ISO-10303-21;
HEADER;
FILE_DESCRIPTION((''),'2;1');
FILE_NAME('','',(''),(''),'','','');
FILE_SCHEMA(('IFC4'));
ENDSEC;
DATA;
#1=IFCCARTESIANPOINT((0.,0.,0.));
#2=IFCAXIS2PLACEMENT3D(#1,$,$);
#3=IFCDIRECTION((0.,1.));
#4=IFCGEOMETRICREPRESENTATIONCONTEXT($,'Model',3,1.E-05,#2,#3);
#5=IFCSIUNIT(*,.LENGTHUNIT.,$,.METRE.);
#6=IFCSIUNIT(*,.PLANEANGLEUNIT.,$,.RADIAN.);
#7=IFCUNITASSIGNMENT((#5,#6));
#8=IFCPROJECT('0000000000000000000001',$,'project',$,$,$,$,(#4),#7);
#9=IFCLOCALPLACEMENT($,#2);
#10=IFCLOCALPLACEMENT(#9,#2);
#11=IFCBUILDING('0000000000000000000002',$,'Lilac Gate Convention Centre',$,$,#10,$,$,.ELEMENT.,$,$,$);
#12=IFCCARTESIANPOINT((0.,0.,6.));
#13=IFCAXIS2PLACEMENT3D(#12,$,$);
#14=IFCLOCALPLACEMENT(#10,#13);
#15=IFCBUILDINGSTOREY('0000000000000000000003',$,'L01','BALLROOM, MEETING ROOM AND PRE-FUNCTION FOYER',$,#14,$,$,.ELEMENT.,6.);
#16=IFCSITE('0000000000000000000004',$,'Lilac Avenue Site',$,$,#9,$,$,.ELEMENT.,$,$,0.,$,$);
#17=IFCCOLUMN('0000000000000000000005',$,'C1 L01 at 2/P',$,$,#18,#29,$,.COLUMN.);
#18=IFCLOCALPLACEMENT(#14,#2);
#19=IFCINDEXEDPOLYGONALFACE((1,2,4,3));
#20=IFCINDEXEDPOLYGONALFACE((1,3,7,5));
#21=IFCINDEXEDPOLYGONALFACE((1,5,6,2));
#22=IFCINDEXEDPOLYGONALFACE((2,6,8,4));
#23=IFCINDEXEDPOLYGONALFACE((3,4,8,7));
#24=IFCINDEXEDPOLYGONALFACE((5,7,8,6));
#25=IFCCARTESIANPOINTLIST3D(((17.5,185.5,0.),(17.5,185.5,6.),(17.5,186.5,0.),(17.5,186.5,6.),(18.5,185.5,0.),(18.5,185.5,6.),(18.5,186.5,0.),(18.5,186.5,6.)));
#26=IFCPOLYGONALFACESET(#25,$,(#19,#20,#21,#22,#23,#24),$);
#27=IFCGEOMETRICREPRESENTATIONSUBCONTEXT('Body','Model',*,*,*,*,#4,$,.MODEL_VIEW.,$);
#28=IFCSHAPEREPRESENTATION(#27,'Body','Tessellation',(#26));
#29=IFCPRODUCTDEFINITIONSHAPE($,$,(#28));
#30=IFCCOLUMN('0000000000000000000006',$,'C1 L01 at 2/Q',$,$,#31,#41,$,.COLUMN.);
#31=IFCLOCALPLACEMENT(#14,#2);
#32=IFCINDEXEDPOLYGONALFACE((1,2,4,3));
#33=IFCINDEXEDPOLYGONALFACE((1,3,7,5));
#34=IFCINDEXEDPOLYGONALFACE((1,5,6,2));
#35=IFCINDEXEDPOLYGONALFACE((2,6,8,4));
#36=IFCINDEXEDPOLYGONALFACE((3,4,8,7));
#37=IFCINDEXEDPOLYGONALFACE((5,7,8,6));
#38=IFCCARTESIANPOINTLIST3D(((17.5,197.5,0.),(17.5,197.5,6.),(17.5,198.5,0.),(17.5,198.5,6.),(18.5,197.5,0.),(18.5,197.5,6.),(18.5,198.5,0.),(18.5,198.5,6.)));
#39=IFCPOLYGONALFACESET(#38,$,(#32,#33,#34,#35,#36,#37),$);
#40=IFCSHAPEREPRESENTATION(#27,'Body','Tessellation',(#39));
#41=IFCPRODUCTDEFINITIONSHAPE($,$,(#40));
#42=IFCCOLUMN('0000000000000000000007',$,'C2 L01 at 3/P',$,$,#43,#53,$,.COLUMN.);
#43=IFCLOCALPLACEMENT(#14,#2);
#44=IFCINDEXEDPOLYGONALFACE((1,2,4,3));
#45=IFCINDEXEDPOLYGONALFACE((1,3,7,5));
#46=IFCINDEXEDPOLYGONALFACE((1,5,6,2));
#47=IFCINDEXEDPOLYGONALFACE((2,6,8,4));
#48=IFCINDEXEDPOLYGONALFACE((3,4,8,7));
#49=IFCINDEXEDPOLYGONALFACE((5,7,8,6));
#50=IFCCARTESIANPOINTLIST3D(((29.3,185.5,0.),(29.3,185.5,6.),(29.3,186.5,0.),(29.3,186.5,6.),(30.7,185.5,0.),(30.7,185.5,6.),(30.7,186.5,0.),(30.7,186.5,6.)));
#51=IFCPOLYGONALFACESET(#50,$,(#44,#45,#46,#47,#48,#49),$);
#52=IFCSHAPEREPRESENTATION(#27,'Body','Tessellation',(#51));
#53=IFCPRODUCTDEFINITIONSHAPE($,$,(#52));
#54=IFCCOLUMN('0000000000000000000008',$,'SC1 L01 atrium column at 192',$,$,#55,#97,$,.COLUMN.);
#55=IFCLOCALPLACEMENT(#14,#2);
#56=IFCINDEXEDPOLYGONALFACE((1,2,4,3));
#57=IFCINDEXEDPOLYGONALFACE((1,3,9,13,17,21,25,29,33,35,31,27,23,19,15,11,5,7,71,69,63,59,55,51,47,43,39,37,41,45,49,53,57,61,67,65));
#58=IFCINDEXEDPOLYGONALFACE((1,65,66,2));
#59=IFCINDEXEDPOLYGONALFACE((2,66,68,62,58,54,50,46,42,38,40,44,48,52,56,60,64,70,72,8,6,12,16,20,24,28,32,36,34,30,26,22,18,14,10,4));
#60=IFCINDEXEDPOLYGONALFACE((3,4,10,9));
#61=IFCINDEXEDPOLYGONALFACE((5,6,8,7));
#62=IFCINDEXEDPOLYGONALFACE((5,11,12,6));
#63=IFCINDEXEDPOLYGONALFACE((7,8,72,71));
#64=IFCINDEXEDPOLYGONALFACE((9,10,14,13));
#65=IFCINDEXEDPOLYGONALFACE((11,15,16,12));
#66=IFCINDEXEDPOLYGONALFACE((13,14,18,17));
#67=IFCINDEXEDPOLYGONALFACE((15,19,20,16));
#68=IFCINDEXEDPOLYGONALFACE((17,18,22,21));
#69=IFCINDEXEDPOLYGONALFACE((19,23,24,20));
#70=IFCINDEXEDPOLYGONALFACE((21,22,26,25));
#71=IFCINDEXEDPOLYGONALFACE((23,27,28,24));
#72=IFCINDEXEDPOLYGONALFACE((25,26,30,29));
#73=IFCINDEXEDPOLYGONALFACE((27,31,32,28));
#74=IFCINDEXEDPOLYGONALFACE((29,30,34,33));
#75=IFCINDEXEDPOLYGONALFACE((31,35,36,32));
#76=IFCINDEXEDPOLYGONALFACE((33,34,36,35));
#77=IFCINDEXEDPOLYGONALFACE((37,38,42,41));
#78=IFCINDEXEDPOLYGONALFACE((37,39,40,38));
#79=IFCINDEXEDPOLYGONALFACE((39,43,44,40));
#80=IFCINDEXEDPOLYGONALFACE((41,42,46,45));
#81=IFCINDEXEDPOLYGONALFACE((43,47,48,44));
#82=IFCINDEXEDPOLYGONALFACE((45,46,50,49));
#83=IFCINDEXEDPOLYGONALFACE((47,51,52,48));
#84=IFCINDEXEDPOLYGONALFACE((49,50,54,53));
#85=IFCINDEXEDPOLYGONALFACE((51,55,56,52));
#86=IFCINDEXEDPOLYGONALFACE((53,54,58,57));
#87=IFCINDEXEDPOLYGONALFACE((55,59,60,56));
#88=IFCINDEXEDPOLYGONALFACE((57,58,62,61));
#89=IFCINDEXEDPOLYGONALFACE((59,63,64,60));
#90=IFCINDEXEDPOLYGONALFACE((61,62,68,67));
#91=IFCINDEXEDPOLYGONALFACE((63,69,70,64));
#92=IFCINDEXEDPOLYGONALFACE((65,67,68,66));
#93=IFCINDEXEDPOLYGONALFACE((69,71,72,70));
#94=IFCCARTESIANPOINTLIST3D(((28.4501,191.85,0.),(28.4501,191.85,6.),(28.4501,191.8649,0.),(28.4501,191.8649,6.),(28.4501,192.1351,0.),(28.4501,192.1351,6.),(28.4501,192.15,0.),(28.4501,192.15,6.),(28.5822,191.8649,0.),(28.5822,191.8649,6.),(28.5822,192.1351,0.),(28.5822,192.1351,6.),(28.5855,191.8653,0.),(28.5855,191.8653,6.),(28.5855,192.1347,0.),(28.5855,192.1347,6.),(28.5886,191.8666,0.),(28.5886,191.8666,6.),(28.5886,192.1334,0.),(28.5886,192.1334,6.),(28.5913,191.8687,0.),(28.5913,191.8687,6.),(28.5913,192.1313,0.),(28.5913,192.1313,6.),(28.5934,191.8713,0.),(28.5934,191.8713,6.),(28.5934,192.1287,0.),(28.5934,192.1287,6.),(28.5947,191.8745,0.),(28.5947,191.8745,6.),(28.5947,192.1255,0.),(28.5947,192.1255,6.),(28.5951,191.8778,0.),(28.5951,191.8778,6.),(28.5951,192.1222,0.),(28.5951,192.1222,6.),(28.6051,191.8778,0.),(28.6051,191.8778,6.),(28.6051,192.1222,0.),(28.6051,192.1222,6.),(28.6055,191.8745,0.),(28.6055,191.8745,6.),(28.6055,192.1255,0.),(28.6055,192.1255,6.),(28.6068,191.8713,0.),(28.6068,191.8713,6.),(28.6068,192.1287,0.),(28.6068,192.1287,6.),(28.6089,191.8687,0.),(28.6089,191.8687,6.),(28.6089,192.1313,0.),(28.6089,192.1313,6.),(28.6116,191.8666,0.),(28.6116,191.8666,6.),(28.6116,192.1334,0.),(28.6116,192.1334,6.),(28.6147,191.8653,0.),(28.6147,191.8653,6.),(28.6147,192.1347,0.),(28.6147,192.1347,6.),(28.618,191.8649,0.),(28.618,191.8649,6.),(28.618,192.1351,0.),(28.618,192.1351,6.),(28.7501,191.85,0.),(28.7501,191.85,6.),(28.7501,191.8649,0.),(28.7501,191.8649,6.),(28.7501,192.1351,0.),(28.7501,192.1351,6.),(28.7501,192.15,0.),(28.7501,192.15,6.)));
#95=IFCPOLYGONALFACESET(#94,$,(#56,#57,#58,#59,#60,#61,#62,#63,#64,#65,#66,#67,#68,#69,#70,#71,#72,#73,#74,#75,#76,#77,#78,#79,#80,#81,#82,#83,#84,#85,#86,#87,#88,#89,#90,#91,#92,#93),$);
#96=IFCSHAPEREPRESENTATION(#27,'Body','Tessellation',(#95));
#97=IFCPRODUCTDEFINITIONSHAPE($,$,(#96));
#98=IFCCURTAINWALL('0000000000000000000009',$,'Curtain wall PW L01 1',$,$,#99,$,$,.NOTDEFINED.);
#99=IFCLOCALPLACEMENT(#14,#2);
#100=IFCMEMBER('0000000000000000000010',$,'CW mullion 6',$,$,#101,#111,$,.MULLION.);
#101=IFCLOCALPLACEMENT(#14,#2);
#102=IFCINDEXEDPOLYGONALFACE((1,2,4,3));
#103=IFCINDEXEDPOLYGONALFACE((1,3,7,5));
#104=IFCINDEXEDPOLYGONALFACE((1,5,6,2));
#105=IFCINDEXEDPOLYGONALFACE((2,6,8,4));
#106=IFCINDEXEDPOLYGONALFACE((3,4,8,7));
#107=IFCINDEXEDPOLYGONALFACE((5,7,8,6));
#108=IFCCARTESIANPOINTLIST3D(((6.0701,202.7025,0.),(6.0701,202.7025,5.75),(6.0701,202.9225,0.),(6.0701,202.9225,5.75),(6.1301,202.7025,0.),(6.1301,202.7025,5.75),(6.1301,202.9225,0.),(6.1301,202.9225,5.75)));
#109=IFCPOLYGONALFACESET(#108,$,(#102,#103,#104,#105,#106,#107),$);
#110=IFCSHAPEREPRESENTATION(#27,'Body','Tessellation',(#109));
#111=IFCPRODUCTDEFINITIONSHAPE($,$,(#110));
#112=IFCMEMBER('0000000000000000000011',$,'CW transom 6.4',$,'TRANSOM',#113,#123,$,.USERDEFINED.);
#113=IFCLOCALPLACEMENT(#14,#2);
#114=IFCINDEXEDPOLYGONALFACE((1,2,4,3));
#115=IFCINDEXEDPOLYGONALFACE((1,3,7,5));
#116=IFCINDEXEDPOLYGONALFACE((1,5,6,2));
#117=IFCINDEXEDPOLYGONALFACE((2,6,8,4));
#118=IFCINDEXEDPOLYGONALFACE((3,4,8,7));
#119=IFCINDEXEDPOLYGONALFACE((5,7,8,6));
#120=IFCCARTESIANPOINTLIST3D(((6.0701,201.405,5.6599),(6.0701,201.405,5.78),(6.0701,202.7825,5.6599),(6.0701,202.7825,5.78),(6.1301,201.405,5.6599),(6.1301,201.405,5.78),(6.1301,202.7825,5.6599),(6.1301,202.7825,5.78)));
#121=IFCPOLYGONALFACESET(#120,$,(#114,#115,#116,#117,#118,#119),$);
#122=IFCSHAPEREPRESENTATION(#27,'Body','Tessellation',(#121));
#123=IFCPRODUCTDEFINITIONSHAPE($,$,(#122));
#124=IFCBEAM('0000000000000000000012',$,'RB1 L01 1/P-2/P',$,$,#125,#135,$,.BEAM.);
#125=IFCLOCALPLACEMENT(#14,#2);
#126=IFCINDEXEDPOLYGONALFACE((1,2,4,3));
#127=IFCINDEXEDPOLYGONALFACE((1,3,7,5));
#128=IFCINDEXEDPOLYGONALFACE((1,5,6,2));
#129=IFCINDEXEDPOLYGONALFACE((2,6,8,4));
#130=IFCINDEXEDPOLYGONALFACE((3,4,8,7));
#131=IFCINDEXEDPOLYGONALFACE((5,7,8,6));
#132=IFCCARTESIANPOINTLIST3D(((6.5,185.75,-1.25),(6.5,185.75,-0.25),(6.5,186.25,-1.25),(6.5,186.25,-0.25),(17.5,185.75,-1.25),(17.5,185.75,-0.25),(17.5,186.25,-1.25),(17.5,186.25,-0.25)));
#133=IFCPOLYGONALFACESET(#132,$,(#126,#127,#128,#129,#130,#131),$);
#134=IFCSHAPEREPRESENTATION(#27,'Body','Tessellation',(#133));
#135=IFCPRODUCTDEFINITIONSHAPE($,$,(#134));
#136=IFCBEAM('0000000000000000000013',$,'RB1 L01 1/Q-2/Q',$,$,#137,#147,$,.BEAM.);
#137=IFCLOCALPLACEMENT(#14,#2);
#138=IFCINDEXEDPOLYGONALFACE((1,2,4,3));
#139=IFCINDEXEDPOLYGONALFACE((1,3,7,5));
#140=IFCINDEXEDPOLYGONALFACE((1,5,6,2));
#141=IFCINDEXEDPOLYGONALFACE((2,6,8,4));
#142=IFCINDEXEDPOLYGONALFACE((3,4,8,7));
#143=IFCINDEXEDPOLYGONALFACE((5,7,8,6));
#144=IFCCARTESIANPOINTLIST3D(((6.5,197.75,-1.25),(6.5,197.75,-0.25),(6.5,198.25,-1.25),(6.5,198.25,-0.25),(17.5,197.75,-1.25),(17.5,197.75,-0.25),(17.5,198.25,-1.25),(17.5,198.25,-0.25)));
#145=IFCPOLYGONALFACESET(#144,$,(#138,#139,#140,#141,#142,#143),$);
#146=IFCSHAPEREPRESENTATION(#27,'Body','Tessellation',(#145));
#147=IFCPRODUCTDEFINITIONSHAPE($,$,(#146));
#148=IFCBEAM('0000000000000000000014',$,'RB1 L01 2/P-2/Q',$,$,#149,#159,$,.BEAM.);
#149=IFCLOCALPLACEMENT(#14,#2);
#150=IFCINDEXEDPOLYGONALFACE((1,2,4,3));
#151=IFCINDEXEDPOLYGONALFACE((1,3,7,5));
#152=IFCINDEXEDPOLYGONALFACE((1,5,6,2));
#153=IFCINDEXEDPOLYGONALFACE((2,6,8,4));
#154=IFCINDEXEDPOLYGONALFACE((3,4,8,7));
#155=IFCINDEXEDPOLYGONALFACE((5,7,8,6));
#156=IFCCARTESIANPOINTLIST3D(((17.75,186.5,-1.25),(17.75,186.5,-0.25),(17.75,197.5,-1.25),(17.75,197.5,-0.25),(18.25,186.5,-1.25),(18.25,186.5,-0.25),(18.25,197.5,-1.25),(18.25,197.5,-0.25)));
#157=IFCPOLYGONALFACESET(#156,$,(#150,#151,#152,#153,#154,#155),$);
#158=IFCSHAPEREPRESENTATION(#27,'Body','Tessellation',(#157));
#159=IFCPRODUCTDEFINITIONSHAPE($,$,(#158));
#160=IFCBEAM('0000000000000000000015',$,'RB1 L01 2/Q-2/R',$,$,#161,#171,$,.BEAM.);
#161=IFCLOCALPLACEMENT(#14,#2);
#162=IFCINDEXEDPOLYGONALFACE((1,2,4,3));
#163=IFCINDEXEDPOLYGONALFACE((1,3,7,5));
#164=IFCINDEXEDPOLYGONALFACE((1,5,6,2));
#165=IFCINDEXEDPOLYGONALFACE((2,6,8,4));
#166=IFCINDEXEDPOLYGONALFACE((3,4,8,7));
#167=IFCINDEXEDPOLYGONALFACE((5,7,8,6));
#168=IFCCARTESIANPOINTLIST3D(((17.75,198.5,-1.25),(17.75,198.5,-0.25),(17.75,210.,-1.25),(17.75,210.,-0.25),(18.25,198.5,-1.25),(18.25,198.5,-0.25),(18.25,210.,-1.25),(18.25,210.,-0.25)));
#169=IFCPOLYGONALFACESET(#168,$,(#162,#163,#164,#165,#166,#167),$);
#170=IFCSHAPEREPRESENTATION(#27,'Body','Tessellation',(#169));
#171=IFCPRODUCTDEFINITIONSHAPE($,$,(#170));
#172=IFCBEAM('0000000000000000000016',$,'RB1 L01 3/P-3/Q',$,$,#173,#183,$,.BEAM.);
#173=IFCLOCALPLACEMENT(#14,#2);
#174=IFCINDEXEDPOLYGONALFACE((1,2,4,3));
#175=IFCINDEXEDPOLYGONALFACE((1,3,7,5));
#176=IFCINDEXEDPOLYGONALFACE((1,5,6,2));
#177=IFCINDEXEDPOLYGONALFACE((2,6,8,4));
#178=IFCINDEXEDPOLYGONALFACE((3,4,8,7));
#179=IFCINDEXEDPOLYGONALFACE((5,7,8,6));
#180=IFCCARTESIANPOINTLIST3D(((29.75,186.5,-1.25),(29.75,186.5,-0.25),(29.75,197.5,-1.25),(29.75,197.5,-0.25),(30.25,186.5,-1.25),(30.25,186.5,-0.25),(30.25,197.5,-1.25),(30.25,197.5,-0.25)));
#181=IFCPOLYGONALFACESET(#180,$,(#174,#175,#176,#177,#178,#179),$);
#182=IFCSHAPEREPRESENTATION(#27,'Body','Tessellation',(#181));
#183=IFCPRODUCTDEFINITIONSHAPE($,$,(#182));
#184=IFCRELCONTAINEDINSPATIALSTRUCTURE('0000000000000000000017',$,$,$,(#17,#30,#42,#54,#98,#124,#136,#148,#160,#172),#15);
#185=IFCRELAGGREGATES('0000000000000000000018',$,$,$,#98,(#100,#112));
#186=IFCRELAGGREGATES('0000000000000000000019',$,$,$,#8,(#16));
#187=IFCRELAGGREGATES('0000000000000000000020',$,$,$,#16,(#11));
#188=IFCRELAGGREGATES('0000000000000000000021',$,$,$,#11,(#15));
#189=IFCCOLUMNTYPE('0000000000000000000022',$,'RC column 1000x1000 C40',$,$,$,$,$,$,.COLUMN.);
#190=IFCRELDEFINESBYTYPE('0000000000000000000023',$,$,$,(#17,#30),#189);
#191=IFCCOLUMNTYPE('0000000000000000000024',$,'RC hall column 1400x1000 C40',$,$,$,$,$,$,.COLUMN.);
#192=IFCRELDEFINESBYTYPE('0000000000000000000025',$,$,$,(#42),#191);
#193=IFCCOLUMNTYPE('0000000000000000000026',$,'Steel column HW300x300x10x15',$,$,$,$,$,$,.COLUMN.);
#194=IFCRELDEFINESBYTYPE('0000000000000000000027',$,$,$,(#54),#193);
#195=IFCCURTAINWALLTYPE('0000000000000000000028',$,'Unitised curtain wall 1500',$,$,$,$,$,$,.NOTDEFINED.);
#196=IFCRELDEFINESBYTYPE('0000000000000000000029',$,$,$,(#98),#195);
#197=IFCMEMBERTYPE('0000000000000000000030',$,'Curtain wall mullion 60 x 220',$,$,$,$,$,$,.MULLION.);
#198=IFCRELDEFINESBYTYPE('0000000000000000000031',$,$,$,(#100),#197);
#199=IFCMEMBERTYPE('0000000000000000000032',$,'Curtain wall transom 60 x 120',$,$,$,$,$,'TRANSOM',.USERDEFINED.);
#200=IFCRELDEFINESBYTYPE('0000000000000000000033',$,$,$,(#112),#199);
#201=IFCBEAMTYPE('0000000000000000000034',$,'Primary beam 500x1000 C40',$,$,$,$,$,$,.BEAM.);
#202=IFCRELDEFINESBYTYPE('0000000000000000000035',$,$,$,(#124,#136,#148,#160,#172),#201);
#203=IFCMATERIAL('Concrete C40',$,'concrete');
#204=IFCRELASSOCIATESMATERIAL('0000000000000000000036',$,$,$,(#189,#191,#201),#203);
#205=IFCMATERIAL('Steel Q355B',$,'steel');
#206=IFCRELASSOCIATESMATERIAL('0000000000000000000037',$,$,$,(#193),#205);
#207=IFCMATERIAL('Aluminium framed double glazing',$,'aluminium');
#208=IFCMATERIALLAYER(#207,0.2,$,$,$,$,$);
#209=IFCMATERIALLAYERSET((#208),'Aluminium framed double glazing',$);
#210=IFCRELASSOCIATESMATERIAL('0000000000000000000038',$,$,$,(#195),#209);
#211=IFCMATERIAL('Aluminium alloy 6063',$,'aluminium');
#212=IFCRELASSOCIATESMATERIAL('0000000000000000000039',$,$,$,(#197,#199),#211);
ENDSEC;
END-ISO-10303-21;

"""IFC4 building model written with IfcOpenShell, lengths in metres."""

from ifc_helpers import new_model, si_unit, direction, frame, origin, origin_2d, place, context, subcontext, project, spatial, rectangle, i_section, extrude, material, layer, layer_set, material_profile, profile_set, type_object, element, aggregate, save


model = new_model("IFC4")

# Units and contexts
model_context = context("Model", 3, precision=1e-05, world=origin(), true_north=direction((0.0, 1.0)))
body_context = subcontext(model_context, "Body", "Model", "MODEL_VIEW")
ifc_project = project(units=[si_unit("LENGTHUNIT", "METRE"), si_unit("PLANEANGLEUNIT", "RADIAN")], contexts=[model_context])

# Site, building, storey
site_placement = place(None, origin())
site = spatial("IfcSite", under=ifc_project, at=site_placement, Name="Lilac Avenue Site", CompositionType="ELEMENT", RefElevation=0.0)
building_placement = place(site_placement, origin())
building = spatial("IfcBuilding", under=site, at=building_placement, Name="Lilac Gate Convention Centre", CompositionType="ELEMENT")
storey_placement = place(building_placement, frame((0.0, 0.0, 6.0)))
storey = spatial("IfcBuildingStorey", under=building, at=storey_placement, Name="L01", Description="BALLROOM, MEETING ROOM AND PRE-FUNCTION FOYER", CompositionType="ELEMENT", Elevation=6.0)

# Columns
ifc_material_1 = material(Name="Concrete C40", Category="concrete")
ifc_material_profile_1 = material_profile(ifc_material_1, rectangle(XDim=1.0, YDim=1.0, at=origin_2d()), Name="RC 1000x1000")
ifc_profile_set_1 = profile_set([ifc_material_profile_1], Name="Concrete C40")
column_type_1 = type_object("IfcColumnType", Name="RC column 1000x1000 C40", PredefinedType="COLUMN", material=ifc_profile_set_1)
for number, where, z_axis, x_axis, name in (
    (1, (18.0, 186.0, 0.0), (0.0, 0.0, 1.0), (1.0, 0.0, 0.0), "C1 L01 at 2/P"),
    (2, (18.0, 198.0, 0.0), (0.0, 0.0, 1.0), (1.0, 0.0, 0.0), "C1 L01 at 2/Q"),
):
    element("IfcColumn", number, at=place(storey_placement, frame(where, z_axis=z_axis, x_axis=x_axis)), inside=storey, type_object=column_type_1, Name=name, PredefinedType="COLUMN", context=body_context, shape_type="SweptSolid", body=[
        extrude(rectangle(XDim=1.0, YDim=1.0, at=origin_2d()), origin(), (0.0, 0.0, 1.0), 6.0),
    ])
ifc_material_profile_2 = material_profile(ifc_material_1, rectangle(XDim=1.3999, YDim=1.0, at=origin_2d()), Name="RC 1400x1000")
ifc_profile_set_2 = profile_set([ifc_material_profile_2], Name="Concrete C40")
column_type_2 = type_object("IfcColumnType", Name="RC hall column 1400x1000 C40", PredefinedType="COLUMN", material=ifc_profile_set_2)
column_1_placement = place(storey_placement, frame((30.0, 186.0, 0.0), z_axis=(0.0, 0.0, 1.0), x_axis=(1.0, 0.0, 0.0)))
element("IfcColumn", 3, at=column_1_placement, inside=storey, type_object=column_type_2, Name="C2 L01 at 3/P", PredefinedType="COLUMN", context=body_context, shape_type="SweptSolid", body=[
    extrude(rectangle(XDim=1.3999, YDim=1.0, at=origin_2d()), origin(), (0.0, 0.0, 1.0), 6.0),
])
ifc_material_2 = material(Name="Steel Q355B", Category="steel")
ifc_material_profile_3 = material_profile(ifc_material_2, i_section(OverallWidth=0.3, OverallDepth=0.3, WebThickness=0.01, FlangeThickness=0.0149, FilletRadius=0.0129, at=origin_2d()), Name="HW300x300x10x15")
ifc_profile_set_3 = profile_set([ifc_material_profile_3], Name="Steel Q355B")
column_type_3 = type_object("IfcColumnType", Name="Steel column HW300x300x10x15", PredefinedType="COLUMN", material=ifc_profile_set_3)
column_2_placement = place(storey_placement, frame((28.6001, 192.0, 0.0), z_axis=(0.0, 0.0, 1.0), x_axis=(1.0, 0.0, 0.0)))
element("IfcColumn", 4, at=column_2_placement, inside=storey, type_object=column_type_3, Name="SC1 L01 atrium column at 192", PredefinedType="COLUMN", context=body_context, shape_type="SweptSolid", body=[
    extrude(i_section(OverallWidth=0.3, OverallDepth=0.3, WebThickness=0.01, FlangeThickness=0.0149, FilletRadius=0.0129, at=origin_2d()), origin(), (0.0, 0.0, 1.0), 6.0),
])

# Curtain wall, members
ifc_material_3 = material(Name="Aluminium framed double glazing", Category="aluminium")
ifc_layer_1 = layer(ifc_material_3, 0.2)
ifc_layer_set_1 = layer_set([ifc_layer_1], Name="Aluminium framed double glazing")
curtain_wall_type = type_object("IfcCurtainWallType", Name="Unitised curtain wall 1500", PredefinedType="NOTDEFINED", material=ifc_layer_set_1)
curtain_wall_placement = place(storey_placement, origin())
curtain_wall = element("IfcCurtainWall", 5, at=curtain_wall_placement, inside=storey, type_object=curtain_wall_type, Name="Curtain wall PW L01 1", PredefinedType="NOTDEFINED")
ifc_material_4 = material(Name="Aluminium alloy 6063", Category="aluminium")
ifc_material_profile_4 = material_profile(ifc_material_4, rectangle(XDim=0.0601, YDim=0.22, at=origin_2d()), Name="Curtain wall mullion 60 x 220")
ifc_profile_set_4 = profile_set([ifc_material_profile_4], Name="Aluminium alloy 6063")
member_type_1 = type_object("IfcMemberType", Name="Curtain wall mullion 60 x 220", PredefinedType="MULLION", material=ifc_profile_set_4)
member_1_placement = place(storey_placement, frame((6.1001, 202.8125, 0.0), z_axis=(0.0, 0.0, 1.0), x_axis=(1.0, 0.0, 0.0)))
member_1 = element("IfcMember", 6, at=member_1_placement, type_object=member_type_1, Name="CW mullion 6", PredefinedType="MULLION", context=body_context, shape_type="SweptSolid", body=[
    extrude(rectangle(XDim=0.0601, YDim=0.22, at=origin_2d()), origin(), (0.0, 0.0, 1.0), 5.75),
])
ifc_material_profile_5 = material_profile(ifc_material_4, rectangle(XDim=0.0601, YDim=0.1201, at=origin_2d()), Name="Curtain wall transom 60 x 120")
ifc_profile_set_5 = profile_set([ifc_material_profile_5], Name="Aluminium alloy 6063")
member_type_2 = type_object("IfcMemberType", Name="Curtain wall transom 60 x 120", ElementType="TRANSOM", PredefinedType="USERDEFINED", material=ifc_profile_set_5)
member_2_placement = place(storey_placement, frame((6.1001, 202.7825, 5.72), z_axis=(0.0, -1.0, 0.0), x_axis=(1.0, 0.0, 0.0)))
member_2 = element("IfcMember", 7, at=member_2_placement, type_object=member_type_2, Name="CW transom 6.4", ObjectType="TRANSOM", PredefinedType="USERDEFINED", context=body_context, shape_type="SweptSolid", body=[
    extrude(rectangle(XDim=0.0601, YDim=0.1201, at=origin_2d()), origin(), (0.0, 0.0, 1.0), 1.3774),
])

# Beams
ifc_material_profile_6 = material_profile(ifc_material_1, rectangle(XDim=0.5, YDim=1.0, at=origin_2d()), Name="RC 500x1000")
ifc_profile_set_6 = profile_set([ifc_material_profile_6], Name="Concrete C40")
beam_type_1 = type_object("IfcBeamType", Name="Primary beam 500x1000 C40", PredefinedType="BEAM", material=ifc_profile_set_6)
for number, where, z_axis, x_axis, name in (
    (8, (6.5, 186.0, -0.75), (1.0, 0.0, 0.0), (0.0, 1.0, 0.0), "RB1 L01 1/P-2/P"),
    (9, (6.5, 198.0, -0.75), (1.0, 0.0, 0.0), (0.0, 1.0, 0.0), "RB1 L01 1/Q-2/Q"),
    (10, (18.0, 186.5, -0.75), (0.0, 1.0, 0.0), (-1.0, 0.0, 0.0), "RB1 L01 2/P-2/Q"),
):
    element("IfcBeam", number, at=place(storey_placement, frame(where, z_axis=z_axis, x_axis=x_axis)), inside=storey, type_object=beam_type_1, Name=name, PredefinedType="BEAM", context=body_context, shape_type="SweptSolid", body=[
        extrude(rectangle(XDim=0.5, YDim=1.0, at=origin_2d()), origin(), (0.0, 0.0, 1.0), 11.0),
    ])
beam_1_placement = place(storey_placement, frame((18.0, 198.5, -0.75), z_axis=(0.0, 1.0, 0.0), x_axis=(-1.0, 0.0, 0.0)))
element("IfcBeam", 11, at=beam_1_placement, inside=storey, type_object=beam_type_1, Name="RB1 L01 2/Q-2/R", PredefinedType="BEAM", context=body_context, shape_type="SweptSolid", body=[
    extrude(rectangle(XDim=0.5, YDim=1.0, at=origin_2d()), origin(), (0.0, 0.0, 1.0), 11.5),
])
beam_2_placement = place(storey_placement, frame((30.0, 186.5, -0.75), z_axis=(0.0, 1.0, 0.0), x_axis=(-1.0, 0.0, 0.0)))
element("IfcBeam", 12, at=beam_2_placement, inside=storey, type_object=beam_type_1, Name="RB1 L01 3/P-3/Q", PredefinedType="BEAM", context=body_context, shape_type="SweptSolid", body=[
    extrude(rectangle(XDim=0.5, YDim=1.0, at=origin_2d()), origin(), (0.0, 0.0, 1.0), 11.0),
])

aggregate(curtain_wall, [member_1, member_2])

save(model, "model.ifc")
